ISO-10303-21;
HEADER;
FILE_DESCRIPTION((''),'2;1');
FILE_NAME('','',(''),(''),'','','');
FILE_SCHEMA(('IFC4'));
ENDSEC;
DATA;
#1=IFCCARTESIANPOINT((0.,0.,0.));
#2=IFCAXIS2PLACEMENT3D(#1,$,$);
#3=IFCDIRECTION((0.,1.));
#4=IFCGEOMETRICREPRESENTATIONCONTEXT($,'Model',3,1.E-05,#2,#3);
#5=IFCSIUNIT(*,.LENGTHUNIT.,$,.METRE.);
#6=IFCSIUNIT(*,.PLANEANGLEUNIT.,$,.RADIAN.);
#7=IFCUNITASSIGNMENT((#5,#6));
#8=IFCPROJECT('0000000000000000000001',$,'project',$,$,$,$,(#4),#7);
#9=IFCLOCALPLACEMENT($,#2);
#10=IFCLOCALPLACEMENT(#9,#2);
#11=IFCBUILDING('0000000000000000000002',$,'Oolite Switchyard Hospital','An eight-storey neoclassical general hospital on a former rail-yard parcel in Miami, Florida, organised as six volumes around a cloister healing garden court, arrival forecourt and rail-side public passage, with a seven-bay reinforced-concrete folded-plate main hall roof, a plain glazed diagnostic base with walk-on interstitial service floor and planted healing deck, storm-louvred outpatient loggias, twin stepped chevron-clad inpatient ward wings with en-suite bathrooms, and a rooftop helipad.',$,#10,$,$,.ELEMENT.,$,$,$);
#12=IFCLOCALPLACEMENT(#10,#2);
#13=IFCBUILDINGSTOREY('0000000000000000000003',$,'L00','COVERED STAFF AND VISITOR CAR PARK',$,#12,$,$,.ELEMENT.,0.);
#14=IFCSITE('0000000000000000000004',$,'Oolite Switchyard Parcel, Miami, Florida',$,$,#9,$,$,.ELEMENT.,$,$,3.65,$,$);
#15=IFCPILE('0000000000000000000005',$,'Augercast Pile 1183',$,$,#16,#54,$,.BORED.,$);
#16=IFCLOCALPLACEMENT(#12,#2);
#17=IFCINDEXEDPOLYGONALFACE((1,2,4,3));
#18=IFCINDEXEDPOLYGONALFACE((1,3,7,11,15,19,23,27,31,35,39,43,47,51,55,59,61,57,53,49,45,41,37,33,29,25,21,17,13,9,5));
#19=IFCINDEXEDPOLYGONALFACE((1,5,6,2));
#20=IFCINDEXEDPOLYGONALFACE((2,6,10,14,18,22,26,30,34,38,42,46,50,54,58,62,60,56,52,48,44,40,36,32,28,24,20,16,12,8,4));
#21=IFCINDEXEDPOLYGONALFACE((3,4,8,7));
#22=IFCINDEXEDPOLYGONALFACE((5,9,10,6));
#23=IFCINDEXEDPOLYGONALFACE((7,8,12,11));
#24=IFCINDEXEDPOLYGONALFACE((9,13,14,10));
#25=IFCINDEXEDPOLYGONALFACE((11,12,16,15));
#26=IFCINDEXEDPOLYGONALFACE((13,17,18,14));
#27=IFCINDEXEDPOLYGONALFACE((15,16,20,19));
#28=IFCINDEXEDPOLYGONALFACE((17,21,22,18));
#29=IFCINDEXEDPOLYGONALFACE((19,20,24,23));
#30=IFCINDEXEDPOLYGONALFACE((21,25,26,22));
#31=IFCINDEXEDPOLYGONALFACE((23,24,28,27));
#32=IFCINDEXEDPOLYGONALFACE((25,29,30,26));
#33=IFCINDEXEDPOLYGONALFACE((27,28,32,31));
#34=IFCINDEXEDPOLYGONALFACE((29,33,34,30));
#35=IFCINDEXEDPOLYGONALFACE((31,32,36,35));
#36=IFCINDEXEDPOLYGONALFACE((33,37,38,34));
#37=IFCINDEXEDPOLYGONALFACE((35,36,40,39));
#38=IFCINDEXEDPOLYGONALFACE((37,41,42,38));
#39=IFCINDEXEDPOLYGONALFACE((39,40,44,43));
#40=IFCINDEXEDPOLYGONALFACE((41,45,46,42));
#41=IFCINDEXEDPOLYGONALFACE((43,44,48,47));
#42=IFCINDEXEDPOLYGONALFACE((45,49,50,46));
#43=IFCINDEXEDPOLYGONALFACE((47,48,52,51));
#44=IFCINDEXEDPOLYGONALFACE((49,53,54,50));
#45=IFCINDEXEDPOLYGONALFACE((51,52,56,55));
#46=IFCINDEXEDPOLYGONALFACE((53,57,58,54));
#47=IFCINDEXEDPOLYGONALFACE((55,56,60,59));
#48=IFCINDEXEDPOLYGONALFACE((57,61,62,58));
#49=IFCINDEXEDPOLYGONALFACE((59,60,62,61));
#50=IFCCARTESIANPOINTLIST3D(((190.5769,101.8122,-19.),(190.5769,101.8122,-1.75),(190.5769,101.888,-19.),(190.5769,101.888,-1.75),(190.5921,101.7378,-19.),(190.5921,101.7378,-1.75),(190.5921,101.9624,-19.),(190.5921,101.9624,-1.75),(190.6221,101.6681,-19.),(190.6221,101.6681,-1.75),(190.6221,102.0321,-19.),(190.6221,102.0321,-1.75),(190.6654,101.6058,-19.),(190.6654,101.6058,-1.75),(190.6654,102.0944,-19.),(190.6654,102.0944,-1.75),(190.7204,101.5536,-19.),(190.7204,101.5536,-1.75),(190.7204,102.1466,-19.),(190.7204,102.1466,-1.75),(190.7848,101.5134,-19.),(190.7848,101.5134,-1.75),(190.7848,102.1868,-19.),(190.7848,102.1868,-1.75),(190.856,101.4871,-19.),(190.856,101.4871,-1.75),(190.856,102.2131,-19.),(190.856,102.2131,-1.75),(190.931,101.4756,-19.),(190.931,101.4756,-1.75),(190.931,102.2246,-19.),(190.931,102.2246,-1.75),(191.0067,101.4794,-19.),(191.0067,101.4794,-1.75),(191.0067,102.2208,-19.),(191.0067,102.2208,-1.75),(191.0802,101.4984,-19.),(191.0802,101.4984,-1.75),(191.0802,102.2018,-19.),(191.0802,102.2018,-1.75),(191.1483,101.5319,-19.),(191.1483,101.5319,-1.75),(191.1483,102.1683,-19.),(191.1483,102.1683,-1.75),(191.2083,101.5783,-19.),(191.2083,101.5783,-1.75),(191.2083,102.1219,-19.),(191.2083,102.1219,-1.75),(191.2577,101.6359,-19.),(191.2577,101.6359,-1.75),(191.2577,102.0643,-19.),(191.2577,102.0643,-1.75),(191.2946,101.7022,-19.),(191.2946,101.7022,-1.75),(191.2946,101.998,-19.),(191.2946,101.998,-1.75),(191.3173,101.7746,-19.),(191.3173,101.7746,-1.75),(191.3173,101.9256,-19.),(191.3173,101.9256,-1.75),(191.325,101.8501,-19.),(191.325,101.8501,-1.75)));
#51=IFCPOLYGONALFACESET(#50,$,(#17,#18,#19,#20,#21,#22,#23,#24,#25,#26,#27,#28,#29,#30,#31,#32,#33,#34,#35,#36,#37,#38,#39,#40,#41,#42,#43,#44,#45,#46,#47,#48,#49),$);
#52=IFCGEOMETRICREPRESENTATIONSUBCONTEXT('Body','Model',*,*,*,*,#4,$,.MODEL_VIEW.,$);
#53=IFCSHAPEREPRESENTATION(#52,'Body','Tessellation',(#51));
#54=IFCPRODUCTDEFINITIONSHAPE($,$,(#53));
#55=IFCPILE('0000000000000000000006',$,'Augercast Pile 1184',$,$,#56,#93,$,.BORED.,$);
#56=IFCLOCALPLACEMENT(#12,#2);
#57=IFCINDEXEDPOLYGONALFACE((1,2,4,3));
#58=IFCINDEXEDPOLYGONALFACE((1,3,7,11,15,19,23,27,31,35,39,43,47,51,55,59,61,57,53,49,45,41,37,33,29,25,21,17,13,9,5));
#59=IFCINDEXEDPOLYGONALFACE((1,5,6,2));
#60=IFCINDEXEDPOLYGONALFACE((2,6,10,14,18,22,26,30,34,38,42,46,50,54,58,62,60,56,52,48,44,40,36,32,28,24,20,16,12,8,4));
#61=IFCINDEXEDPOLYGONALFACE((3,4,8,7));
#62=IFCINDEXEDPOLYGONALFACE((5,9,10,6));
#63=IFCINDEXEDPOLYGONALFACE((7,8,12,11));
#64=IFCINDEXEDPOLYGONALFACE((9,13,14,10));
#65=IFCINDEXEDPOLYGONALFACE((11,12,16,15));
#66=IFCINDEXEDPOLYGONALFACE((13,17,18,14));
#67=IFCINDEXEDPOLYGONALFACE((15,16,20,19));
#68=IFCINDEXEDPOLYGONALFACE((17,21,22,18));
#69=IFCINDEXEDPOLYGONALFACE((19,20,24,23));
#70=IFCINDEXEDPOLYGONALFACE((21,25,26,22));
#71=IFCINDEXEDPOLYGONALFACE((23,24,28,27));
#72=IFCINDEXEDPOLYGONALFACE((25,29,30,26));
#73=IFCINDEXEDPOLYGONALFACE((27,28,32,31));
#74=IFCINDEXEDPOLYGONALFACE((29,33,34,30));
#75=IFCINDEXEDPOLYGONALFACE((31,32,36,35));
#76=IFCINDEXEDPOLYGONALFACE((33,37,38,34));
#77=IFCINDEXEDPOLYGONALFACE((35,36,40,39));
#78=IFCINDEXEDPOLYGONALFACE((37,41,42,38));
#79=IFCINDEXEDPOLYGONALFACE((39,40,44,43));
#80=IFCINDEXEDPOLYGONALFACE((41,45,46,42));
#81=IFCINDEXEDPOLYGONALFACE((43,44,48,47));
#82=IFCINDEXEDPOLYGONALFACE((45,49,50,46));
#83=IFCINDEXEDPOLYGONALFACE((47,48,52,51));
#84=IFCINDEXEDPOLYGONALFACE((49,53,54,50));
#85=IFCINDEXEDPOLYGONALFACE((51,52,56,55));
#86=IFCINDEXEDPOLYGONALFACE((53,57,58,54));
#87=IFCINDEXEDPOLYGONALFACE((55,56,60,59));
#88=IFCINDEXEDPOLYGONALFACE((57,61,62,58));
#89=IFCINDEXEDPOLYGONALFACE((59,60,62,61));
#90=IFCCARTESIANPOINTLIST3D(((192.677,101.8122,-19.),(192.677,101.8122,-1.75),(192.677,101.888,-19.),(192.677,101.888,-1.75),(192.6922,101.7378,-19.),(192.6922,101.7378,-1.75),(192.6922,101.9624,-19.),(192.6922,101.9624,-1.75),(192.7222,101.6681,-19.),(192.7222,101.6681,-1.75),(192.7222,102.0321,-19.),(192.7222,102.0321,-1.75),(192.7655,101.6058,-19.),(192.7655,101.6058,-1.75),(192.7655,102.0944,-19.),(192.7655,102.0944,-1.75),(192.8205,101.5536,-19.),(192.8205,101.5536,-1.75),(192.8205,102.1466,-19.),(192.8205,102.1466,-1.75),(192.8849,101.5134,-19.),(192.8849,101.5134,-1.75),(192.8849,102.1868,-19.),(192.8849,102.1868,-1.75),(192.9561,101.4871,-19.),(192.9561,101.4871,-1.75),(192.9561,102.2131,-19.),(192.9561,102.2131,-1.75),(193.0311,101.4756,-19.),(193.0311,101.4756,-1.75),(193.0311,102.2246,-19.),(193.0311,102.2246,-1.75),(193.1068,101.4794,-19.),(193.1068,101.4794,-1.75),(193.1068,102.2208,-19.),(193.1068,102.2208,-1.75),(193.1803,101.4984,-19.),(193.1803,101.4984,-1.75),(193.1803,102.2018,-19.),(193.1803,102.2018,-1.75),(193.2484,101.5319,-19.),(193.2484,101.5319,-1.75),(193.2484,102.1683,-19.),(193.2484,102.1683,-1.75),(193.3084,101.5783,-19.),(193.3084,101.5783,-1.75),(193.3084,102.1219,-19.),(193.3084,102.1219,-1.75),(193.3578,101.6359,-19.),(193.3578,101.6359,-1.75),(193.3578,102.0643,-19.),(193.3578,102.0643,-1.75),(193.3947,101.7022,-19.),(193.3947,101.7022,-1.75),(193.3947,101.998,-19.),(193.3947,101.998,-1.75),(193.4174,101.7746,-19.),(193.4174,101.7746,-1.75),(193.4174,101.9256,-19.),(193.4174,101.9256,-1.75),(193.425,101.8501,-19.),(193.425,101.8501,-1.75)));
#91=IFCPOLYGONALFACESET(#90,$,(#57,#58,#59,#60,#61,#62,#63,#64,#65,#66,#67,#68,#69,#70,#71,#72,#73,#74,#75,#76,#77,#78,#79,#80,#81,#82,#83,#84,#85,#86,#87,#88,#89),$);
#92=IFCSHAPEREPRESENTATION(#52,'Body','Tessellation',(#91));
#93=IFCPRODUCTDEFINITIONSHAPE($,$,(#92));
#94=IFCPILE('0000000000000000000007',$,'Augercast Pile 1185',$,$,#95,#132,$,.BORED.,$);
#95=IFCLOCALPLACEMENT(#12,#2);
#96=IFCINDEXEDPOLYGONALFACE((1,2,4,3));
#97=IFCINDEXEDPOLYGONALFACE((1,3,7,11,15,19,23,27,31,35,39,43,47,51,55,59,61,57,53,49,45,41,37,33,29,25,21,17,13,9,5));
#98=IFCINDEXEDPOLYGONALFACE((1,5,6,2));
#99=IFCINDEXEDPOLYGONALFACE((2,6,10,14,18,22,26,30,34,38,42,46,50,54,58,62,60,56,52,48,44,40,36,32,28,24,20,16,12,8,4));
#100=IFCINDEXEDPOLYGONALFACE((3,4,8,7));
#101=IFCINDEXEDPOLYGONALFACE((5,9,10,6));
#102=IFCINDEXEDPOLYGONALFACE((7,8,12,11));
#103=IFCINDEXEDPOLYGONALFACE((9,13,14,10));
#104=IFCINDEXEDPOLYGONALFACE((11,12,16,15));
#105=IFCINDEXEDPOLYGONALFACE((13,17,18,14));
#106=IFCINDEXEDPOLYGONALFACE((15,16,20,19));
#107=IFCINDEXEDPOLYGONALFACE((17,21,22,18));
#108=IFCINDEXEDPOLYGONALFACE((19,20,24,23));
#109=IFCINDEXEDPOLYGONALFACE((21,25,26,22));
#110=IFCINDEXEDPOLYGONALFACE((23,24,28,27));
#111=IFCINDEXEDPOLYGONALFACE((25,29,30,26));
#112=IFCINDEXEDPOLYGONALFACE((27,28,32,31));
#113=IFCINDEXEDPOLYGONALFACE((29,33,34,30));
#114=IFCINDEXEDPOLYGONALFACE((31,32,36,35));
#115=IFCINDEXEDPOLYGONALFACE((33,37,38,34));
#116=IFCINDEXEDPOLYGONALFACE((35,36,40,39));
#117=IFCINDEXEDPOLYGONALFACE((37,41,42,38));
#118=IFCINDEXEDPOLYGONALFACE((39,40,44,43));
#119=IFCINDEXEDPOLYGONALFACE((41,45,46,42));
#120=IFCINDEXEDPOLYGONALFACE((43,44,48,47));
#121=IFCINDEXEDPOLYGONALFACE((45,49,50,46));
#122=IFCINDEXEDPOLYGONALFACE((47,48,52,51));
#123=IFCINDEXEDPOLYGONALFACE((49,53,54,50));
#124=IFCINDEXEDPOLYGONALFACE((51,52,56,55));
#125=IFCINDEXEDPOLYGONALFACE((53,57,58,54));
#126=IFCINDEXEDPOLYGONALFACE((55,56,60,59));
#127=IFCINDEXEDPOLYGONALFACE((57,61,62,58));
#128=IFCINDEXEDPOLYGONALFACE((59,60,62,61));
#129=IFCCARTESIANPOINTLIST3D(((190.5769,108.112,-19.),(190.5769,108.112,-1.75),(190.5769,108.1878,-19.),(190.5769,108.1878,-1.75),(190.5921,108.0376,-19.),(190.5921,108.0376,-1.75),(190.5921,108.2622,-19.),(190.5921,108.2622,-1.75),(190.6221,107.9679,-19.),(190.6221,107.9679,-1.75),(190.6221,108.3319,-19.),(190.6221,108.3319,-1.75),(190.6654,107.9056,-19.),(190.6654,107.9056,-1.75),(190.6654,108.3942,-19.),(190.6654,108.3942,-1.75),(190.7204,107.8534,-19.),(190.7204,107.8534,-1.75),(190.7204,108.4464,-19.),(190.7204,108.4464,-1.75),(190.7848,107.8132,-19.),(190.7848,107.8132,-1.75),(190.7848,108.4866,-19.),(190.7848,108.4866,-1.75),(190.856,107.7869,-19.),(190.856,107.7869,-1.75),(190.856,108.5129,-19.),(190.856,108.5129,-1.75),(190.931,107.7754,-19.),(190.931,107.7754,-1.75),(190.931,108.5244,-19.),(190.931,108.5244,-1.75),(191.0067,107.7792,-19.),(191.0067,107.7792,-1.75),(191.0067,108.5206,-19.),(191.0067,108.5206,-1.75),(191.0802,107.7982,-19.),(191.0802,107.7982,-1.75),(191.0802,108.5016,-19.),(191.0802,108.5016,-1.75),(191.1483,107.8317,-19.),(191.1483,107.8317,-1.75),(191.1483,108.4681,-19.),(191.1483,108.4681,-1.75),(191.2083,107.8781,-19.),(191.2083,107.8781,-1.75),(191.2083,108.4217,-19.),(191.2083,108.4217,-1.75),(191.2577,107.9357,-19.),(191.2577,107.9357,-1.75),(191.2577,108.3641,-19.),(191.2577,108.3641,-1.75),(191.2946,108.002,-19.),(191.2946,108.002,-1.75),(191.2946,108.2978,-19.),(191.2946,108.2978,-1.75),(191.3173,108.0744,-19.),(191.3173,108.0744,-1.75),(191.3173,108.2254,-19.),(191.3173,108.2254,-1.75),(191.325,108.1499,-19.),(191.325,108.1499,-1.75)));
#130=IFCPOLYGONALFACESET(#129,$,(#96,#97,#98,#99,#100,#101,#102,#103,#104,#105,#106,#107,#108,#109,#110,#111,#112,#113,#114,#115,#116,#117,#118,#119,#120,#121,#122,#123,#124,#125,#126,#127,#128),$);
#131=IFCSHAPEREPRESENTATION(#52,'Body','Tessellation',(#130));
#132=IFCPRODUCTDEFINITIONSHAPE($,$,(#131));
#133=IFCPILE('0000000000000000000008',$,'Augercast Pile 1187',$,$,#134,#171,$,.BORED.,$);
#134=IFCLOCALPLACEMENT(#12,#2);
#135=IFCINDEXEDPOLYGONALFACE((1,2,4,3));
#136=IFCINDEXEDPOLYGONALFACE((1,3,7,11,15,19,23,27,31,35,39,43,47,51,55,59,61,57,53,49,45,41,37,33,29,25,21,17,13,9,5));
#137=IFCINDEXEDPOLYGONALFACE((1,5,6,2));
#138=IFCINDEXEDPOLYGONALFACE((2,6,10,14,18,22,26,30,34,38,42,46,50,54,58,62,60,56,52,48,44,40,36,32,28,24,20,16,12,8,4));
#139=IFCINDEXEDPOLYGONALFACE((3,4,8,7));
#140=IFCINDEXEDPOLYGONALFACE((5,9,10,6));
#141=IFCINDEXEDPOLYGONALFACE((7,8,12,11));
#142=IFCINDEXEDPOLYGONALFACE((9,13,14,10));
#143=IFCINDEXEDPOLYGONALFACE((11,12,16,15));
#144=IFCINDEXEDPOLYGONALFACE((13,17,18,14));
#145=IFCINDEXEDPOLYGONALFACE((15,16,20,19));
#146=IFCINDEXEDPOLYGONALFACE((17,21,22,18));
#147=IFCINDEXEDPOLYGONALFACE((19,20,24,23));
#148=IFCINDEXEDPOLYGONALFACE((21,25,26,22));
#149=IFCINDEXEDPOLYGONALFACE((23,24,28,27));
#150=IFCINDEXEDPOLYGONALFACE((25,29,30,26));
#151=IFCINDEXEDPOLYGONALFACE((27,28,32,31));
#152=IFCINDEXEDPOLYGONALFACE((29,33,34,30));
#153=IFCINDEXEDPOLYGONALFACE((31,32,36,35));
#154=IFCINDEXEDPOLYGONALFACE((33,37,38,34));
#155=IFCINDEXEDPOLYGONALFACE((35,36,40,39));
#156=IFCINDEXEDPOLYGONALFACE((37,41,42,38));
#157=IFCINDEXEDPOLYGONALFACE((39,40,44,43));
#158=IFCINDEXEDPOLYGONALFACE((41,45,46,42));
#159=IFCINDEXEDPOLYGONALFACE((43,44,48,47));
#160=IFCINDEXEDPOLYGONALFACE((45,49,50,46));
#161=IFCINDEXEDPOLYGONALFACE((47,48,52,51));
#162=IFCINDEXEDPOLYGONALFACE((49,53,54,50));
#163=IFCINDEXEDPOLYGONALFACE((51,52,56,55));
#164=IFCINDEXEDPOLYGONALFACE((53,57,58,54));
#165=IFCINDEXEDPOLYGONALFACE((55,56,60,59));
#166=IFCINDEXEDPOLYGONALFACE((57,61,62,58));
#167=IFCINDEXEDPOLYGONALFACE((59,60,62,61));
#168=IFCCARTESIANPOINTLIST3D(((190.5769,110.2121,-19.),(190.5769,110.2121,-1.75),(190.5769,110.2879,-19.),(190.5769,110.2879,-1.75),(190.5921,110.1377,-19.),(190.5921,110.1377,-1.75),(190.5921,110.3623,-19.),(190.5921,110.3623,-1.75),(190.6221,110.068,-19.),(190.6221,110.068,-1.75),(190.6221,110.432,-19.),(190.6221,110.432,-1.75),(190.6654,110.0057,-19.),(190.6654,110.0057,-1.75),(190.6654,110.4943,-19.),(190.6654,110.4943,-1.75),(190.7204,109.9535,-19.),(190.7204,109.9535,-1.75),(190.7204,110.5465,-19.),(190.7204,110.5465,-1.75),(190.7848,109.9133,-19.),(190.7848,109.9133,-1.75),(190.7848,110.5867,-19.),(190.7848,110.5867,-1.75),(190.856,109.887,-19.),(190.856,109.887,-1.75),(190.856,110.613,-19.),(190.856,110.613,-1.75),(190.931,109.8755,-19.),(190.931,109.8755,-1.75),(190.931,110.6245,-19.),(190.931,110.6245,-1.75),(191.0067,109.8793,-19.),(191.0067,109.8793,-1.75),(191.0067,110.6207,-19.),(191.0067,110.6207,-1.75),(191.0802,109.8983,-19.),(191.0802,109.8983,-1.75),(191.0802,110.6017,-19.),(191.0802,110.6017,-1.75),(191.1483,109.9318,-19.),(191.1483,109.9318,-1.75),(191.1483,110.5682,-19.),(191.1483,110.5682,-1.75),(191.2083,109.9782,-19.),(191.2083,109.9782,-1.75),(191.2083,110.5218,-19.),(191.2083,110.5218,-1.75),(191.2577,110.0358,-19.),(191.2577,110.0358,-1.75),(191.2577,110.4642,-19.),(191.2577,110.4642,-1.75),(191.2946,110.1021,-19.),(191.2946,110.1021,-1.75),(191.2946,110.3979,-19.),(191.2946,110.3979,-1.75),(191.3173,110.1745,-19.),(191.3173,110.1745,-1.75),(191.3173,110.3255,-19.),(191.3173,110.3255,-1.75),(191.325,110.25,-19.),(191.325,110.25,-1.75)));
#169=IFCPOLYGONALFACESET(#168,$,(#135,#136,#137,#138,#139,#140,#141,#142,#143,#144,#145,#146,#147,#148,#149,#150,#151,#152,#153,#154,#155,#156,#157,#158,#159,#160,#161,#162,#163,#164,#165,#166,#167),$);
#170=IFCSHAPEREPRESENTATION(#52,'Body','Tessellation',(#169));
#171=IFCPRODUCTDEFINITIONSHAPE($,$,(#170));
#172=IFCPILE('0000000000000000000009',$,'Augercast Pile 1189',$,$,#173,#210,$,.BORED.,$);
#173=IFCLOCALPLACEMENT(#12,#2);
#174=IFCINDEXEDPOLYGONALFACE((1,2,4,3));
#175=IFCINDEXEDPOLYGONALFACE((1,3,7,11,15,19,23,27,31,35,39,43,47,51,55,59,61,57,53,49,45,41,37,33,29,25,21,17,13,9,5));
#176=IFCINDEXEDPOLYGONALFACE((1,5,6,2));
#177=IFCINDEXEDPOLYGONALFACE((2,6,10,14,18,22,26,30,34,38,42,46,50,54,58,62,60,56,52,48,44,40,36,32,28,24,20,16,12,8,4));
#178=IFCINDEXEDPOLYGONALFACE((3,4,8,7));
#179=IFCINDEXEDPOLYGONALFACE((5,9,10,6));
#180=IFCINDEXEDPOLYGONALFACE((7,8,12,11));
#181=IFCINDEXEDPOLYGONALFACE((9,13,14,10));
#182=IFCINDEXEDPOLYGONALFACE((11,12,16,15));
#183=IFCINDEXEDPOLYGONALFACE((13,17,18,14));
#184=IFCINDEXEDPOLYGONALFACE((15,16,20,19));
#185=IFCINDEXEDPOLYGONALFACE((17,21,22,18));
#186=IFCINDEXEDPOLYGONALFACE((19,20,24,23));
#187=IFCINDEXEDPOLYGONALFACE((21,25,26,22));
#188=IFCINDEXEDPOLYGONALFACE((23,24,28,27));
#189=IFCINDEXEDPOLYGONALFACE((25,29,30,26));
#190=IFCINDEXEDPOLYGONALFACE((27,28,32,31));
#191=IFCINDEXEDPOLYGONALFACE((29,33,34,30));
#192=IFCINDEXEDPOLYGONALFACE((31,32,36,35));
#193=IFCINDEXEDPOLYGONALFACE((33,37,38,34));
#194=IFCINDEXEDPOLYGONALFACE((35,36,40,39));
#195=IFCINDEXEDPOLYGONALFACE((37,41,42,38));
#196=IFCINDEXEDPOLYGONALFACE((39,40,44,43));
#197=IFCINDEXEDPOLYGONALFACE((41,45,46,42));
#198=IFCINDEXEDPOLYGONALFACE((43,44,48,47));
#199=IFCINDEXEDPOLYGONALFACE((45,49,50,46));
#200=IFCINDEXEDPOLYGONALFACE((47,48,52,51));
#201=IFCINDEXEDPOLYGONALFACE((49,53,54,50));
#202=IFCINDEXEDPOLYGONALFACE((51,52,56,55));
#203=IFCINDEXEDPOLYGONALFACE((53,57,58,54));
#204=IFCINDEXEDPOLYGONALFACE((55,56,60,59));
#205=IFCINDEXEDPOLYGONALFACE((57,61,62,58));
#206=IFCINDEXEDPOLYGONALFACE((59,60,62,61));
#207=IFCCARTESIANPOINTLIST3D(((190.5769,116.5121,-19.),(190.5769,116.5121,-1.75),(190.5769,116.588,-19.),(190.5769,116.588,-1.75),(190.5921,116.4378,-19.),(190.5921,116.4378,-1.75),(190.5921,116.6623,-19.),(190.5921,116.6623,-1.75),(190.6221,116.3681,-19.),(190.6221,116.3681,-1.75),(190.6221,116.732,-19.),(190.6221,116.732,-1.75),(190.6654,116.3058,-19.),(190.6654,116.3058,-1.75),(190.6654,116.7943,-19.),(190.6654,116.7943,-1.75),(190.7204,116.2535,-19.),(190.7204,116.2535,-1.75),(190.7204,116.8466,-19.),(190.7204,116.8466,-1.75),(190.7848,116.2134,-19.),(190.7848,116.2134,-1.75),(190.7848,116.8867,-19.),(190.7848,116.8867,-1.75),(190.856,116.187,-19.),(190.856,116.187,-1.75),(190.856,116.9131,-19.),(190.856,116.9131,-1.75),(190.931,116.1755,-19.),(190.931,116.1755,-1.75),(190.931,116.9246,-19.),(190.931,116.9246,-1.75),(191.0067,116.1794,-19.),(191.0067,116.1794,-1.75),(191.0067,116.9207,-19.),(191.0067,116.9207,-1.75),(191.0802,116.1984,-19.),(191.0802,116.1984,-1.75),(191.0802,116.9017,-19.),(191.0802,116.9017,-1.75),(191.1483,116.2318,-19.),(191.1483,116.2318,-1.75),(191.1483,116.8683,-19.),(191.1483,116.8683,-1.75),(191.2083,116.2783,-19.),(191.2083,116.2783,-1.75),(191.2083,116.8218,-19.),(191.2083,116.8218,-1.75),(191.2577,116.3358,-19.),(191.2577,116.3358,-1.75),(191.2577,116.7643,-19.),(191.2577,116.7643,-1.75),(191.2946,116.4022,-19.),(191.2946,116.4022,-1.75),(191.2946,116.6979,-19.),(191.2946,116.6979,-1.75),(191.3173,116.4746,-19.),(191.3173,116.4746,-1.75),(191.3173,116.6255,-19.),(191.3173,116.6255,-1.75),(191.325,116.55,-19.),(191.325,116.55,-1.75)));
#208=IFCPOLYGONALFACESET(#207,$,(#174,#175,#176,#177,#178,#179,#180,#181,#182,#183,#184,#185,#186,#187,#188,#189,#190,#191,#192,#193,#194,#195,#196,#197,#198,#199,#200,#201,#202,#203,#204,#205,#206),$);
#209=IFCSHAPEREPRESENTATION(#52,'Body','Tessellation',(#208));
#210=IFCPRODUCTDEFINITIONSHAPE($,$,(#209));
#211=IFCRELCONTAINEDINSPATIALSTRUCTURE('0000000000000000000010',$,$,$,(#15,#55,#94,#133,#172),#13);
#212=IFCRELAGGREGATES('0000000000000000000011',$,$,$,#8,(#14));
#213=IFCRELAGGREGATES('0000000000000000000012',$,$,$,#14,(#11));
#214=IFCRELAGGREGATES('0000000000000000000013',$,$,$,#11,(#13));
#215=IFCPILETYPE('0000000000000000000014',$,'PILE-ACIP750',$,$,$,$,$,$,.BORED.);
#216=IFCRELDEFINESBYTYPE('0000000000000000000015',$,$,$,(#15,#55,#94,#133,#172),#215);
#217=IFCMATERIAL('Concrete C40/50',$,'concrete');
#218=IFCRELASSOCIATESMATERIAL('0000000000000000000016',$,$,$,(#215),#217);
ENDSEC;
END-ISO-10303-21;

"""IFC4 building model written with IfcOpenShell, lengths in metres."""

from ifc_helpers import new_model, si_unit, direction, frame, origin, origin_2d, place, context, subcontext, project, spatial, circle, extrude, material, material_profile, profile_set, type_object, element, save


model = new_model("IFC4")

# Units and contexts
model_context = context("Model", 3, precision=1e-05, world=origin(), true_north=direction((0.0, 1.0)))
body_context = subcontext(model_context, "Body", "Model", "MODEL_VIEW")
ifc_project = project(units=[si_unit("LENGTHUNIT", "METRE"), si_unit("PLANEANGLEUNIT", "RADIAN")], contexts=[model_context])

# Site, building, storey
site_placement = place(None, origin())
site = spatial("IfcSite", under=ifc_project, at=site_placement, Name="Oolite Switchyard Parcel, Miami, Florida", CompositionType="ELEMENT", RefElevation=3.65)
building_placement = place(site_placement, origin())
building = spatial("IfcBuilding", under=site, at=building_placement, Name="Oolite Switchyard Hospital", Description="An eight-storey neoclassical general hospital on a former rail-yard parcel in Miami, Florida, organised as six volumes around a cloister healing garden court, arrival forecourt and rail-side public passage, with a seven-bay reinforced-concrete folded-plate main hall roof, a plain glazed diagnostic base with walk-on interstitial service floor and planted healing deck, storm-louvred outpatient loggias, twin stepped chevron-clad inpatient ward wings with en-suite bathrooms, and a rooftop helipad.", CompositionType="ELEMENT")
storey_placement = place(building_placement, origin())
storey = spatial("IfcBuildingStorey", under=building, at=storey_placement, Name="L00", Description="COVERED STAFF AND VISITOR CAR PARK", CompositionType="ELEMENT", Elevation=0.0)

# Shared definitions
ifc_material_1 = material(Name="Concrete C40/50", Category="concrete")

# Piles
ifc_material_profile_1 = material_profile(ifc_material_1, circle(Radius=0.375, at=origin_2d()), Name="PILE750")
ifc_profile_set_1 = profile_set([ifc_material_profile_1], Name="Concrete C40/50")
pile_type = type_object("IfcPileType", Name="PILE-ACIP750", PredefinedType="BORED", material=ifc_profile_set_1)
for number, where, z_axis, x_axis, name in (
    (1, (190.95, 101.8501, -1.75), (0.0, 0.0, -1.0), (1.0, 0.0, 0.0), "Augercast Pile 1183"),
    (2, (193.05, 101.8501, -1.75), (0.0, 0.0, -1.0), (1.0, 0.0, 0.0), "Augercast Pile 1184"),
    (3, (190.95, 108.1499, -1.75), (0.0, 0.0, -1.0), (1.0, 0.0, 0.0), "Augercast Pile 1185"),
    (4, (190.95, 110.25, -1.75), (0.0, 0.0, -1.0), (1.0, 0.0, 0.0), "Augercast Pile 1187"),
    (5, (190.95, 116.55, -1.75), (0.0, 0.0, -1.0), (1.0, 0.0, 0.0), "Augercast Pile 1189"),
):
    element("IfcPile", number, at=place(storey_placement, frame(where, z_axis=z_axis, x_axis=x_axis)), inside=storey, type_object=pile_type, Name=name, PredefinedType="BORED", context=body_context, shape_type="SweptSolid", body=[
        extrude(circle(Radius=0.375, at=origin_2d()), origin(), (0.0, 0.0, 1.0), 17.25),
    ])

save(model, "model.ifc")
